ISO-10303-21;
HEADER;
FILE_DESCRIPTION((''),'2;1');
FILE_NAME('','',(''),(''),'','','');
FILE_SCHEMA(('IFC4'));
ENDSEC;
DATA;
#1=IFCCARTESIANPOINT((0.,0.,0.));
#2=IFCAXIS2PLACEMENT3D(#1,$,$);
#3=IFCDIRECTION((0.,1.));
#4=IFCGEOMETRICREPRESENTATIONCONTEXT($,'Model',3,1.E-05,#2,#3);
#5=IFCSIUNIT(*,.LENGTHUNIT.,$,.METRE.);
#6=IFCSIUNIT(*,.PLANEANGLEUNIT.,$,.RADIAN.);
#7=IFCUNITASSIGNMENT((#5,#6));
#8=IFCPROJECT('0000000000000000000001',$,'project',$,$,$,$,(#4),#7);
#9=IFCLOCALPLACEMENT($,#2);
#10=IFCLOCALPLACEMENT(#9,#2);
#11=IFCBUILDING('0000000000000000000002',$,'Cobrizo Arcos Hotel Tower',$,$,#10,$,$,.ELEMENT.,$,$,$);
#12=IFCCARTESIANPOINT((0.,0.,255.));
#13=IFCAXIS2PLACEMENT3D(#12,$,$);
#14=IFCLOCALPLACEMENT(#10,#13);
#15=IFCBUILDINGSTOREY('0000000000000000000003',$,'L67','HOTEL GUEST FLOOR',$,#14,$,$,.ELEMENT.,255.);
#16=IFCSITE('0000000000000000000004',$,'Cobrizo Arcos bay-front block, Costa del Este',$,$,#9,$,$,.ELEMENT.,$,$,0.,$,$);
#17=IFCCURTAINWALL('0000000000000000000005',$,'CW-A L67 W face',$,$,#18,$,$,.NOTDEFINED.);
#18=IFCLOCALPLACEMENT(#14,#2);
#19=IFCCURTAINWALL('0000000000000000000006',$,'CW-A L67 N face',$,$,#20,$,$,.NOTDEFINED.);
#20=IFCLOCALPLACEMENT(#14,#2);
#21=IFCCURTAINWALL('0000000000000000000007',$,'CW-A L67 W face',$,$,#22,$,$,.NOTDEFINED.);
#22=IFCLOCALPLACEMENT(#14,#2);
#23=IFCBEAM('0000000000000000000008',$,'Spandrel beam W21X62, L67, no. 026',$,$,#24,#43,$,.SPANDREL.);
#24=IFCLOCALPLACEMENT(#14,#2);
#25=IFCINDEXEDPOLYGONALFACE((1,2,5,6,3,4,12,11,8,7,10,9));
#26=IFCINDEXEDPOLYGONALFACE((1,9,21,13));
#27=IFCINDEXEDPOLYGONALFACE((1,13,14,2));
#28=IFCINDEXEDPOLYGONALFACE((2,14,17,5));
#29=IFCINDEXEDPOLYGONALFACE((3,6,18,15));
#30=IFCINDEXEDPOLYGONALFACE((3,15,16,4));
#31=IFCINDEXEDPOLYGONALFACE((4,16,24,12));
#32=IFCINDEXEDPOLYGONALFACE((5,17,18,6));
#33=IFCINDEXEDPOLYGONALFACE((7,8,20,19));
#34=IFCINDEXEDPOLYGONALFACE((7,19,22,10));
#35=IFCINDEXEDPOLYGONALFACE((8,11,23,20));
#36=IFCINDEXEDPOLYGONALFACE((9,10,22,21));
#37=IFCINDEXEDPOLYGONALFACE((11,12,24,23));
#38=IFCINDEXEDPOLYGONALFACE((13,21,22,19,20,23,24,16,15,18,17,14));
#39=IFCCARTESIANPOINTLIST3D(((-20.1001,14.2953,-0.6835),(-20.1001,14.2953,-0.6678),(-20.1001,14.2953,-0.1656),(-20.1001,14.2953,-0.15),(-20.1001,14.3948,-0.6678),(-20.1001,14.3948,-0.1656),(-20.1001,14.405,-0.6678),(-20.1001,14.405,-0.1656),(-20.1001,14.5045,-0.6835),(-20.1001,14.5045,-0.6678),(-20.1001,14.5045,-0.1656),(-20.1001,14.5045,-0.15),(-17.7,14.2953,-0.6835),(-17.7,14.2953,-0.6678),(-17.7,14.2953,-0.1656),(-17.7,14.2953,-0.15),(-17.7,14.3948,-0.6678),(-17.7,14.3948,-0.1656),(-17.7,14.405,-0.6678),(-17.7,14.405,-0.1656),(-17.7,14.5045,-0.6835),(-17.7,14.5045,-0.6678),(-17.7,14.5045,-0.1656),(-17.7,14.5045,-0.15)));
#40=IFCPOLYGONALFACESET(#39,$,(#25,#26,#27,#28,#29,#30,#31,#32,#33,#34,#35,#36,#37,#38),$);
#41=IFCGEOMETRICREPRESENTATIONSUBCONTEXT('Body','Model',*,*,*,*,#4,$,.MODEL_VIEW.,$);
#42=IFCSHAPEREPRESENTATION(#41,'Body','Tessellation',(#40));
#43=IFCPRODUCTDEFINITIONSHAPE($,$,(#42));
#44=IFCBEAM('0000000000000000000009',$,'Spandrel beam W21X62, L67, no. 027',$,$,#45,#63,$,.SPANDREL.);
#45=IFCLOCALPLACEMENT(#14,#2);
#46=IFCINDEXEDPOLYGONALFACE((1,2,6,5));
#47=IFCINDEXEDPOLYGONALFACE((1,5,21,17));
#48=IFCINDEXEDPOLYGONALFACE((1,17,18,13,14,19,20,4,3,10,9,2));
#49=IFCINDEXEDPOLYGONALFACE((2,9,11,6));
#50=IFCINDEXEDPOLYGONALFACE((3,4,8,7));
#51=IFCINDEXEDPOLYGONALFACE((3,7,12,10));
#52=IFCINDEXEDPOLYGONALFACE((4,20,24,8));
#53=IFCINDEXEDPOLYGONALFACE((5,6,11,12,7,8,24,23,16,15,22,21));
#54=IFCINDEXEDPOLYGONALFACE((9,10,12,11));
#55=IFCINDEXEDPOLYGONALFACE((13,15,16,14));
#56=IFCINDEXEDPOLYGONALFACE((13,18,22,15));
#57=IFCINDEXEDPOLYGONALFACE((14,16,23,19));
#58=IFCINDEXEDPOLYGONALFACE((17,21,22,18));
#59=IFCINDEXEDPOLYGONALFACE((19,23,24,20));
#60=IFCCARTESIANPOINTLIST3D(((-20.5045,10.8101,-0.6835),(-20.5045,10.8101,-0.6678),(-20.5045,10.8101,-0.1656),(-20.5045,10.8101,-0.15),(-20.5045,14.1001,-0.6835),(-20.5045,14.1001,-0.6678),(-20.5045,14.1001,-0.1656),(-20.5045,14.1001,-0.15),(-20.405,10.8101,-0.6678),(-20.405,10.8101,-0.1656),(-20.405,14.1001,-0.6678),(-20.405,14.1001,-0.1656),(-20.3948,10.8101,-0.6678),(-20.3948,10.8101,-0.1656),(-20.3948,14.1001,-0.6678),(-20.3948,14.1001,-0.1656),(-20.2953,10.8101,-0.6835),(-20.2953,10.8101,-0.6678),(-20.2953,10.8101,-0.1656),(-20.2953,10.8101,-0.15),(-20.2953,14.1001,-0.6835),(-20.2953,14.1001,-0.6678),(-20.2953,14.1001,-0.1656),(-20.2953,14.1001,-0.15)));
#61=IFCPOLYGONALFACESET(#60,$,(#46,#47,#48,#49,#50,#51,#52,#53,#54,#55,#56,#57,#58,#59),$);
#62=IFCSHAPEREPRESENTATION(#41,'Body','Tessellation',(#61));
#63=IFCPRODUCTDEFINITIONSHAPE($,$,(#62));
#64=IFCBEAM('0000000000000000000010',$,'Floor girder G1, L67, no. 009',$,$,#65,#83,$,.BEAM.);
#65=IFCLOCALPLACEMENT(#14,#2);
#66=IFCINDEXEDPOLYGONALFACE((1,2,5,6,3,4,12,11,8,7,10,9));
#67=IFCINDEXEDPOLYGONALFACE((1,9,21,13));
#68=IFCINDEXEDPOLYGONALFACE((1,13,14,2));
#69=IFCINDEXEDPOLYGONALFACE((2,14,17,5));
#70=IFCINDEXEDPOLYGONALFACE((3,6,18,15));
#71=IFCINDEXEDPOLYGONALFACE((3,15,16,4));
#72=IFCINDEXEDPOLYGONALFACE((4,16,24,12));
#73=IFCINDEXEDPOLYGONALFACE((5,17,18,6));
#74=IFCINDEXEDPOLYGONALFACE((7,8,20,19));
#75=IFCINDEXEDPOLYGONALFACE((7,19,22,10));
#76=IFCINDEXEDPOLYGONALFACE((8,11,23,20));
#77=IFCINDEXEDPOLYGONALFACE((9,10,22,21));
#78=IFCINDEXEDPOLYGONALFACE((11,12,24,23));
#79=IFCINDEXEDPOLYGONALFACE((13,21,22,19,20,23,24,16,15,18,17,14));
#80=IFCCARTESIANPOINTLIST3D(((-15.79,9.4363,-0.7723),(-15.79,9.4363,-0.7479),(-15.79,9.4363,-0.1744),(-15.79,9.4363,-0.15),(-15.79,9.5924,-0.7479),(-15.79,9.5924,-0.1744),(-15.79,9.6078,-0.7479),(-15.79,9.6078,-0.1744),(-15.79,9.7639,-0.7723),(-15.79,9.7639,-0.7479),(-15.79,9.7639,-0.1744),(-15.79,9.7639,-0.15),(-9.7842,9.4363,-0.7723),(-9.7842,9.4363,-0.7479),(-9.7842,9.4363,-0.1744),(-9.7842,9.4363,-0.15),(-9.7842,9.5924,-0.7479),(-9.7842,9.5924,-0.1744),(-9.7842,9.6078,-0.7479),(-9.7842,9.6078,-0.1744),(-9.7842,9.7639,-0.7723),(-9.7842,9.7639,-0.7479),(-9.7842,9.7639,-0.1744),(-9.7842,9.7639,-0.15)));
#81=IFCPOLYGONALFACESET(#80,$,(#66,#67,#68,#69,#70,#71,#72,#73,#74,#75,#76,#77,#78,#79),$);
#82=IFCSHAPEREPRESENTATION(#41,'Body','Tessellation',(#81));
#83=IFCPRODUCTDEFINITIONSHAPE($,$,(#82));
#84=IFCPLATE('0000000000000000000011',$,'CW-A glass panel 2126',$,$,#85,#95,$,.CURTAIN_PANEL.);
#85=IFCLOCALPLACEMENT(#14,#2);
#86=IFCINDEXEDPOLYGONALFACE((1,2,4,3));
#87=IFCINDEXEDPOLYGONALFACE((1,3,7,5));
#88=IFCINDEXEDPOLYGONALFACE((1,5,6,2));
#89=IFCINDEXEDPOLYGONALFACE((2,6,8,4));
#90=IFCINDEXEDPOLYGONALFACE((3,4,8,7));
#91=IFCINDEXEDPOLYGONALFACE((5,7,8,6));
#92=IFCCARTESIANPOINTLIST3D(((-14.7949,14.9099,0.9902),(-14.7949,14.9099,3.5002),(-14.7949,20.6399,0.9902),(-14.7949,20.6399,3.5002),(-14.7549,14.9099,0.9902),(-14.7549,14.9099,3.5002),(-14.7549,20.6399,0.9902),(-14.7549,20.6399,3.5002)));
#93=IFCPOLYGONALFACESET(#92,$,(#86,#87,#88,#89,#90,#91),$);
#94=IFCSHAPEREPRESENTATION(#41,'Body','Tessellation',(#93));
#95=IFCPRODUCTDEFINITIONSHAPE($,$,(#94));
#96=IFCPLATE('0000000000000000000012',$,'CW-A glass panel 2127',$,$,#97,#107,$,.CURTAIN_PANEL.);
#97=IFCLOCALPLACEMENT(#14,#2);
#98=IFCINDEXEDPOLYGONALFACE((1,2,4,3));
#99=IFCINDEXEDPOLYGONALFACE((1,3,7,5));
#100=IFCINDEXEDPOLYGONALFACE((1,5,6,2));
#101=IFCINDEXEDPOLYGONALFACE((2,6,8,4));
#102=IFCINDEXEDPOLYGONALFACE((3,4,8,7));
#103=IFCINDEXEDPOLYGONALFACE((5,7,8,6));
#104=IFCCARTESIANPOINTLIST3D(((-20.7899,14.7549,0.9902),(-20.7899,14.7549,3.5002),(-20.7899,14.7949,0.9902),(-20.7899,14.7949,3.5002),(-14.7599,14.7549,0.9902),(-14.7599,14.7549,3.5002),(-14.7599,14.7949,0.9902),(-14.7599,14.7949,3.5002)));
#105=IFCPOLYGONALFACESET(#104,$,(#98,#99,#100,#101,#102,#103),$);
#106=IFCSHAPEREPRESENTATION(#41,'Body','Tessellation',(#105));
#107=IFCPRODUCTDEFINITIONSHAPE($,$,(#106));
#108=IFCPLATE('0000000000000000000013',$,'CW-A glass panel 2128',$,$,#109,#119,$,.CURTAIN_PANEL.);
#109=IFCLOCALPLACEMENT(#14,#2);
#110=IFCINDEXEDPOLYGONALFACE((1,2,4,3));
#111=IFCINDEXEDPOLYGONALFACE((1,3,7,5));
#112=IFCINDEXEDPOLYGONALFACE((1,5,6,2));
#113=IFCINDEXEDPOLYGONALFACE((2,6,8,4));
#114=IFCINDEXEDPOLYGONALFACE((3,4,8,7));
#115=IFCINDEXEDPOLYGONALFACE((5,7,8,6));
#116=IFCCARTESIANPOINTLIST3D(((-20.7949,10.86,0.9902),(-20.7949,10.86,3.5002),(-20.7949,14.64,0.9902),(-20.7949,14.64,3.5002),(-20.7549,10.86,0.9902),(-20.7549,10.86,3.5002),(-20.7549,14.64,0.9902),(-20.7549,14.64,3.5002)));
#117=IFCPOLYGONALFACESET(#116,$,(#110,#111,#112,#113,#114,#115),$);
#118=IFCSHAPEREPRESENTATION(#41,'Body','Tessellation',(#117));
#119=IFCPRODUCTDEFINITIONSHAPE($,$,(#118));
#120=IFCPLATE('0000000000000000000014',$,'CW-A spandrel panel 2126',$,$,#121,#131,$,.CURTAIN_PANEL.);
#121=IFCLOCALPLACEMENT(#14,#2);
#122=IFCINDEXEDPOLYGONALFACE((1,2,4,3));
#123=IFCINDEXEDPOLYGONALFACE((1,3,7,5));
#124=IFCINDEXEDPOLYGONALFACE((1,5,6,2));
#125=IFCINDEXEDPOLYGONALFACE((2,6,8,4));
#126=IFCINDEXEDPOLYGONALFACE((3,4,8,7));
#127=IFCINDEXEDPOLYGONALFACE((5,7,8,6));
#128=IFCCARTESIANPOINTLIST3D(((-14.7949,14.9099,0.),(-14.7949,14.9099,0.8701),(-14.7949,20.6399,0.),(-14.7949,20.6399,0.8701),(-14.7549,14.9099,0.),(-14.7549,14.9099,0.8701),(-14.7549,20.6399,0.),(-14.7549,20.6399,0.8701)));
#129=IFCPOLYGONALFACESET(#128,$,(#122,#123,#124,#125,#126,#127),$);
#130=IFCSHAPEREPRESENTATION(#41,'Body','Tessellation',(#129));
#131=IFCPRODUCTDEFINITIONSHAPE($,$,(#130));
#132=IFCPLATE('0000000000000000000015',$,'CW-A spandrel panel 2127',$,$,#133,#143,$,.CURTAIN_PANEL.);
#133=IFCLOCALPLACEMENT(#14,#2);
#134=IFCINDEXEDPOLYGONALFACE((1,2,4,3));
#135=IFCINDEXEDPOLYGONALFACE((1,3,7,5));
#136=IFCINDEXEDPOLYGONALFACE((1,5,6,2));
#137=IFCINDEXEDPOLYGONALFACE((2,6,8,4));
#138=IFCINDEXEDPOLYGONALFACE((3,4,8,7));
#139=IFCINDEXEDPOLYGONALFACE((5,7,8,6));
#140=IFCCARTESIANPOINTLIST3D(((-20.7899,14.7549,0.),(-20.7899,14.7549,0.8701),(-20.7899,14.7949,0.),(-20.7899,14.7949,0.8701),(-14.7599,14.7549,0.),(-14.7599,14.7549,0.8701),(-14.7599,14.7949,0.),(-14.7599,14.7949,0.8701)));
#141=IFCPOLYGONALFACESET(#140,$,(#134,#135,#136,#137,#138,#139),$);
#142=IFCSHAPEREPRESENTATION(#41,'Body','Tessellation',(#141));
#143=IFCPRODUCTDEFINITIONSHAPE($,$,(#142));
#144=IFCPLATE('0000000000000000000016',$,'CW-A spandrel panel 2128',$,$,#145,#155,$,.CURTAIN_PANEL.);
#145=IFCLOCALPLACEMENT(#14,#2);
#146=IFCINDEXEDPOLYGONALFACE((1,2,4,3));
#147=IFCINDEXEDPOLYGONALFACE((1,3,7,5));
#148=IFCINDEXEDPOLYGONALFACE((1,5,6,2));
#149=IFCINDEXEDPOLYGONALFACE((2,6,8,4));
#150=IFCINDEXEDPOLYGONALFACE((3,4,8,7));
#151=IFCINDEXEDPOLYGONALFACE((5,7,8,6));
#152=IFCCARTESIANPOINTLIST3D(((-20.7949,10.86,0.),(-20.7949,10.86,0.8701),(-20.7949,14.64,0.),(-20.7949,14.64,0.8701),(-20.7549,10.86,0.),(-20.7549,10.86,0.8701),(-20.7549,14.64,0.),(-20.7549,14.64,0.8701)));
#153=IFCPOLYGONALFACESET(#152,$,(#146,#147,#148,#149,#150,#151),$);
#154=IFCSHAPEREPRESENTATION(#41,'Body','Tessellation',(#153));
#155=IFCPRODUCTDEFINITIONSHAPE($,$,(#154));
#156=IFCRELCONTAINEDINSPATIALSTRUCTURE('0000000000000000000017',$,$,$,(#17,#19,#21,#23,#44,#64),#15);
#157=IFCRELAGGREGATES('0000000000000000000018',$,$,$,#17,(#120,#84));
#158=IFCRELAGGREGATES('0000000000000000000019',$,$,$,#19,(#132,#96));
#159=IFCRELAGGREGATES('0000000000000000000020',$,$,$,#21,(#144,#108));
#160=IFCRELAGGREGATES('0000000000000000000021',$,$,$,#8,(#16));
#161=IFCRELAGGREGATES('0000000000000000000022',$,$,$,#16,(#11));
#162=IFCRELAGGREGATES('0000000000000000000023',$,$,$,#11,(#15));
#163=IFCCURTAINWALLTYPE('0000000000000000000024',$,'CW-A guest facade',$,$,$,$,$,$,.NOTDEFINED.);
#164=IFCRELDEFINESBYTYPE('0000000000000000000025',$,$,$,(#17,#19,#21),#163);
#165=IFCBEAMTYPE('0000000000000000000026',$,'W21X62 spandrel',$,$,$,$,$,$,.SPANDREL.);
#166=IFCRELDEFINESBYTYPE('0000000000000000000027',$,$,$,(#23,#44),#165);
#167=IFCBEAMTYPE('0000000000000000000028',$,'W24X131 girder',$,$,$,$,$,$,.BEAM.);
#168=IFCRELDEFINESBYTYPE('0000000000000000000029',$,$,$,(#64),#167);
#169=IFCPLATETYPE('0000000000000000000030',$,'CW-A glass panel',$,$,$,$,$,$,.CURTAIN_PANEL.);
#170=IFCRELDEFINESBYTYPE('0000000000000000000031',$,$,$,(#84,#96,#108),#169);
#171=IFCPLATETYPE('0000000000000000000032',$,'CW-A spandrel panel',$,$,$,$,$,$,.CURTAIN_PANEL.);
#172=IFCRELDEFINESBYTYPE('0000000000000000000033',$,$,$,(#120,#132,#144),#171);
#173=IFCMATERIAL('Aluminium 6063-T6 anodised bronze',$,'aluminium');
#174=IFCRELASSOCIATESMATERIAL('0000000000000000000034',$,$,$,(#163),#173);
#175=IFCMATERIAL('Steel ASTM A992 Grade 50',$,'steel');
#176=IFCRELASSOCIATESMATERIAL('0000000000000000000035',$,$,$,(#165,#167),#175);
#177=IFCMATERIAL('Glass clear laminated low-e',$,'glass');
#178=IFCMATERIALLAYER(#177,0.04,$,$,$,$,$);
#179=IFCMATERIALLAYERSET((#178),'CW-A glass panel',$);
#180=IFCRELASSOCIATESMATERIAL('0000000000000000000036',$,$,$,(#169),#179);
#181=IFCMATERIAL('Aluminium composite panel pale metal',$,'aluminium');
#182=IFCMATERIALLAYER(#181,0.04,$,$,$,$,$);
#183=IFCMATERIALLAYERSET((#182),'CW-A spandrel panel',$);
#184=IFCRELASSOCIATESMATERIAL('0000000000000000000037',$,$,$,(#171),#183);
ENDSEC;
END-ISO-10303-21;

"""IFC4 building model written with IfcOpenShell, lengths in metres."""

from ifc_helpers import new_model, si_unit, direction, frame, origin, origin_2d, place, context, subcontext, project, spatial, rectangle, i_section, extrude, material, layer, layer_set, material_profile, profile_set, type_object, element, aggregate, save


model = new_model("IFC4")

# Units and contexts
model_context = context("Model", 3, precision=1e-05, world=origin(), true_north=direction((0.0, 1.0)))
body_context = subcontext(model_context, "Body", "Model", "MODEL_VIEW")
ifc_project = project(units=[si_unit("LENGTHUNIT", "METRE"), si_unit("PLANEANGLEUNIT", "RADIAN")], contexts=[model_context])

# Site, building, storey
site_placement = place(None, origin())
site = spatial("IfcSite", under=ifc_project, at=site_placement, Name="Cobrizo Arcos bay-front block, Costa del Este", CompositionType="ELEMENT", RefElevation=0.0)
building_placement = place(site_placement, origin())
building = spatial("IfcBuilding", under=site, at=building_placement, Name="Cobrizo Arcos Hotel Tower", CompositionType="ELEMENT")
storey_placement = place(building_placement, frame((0.0, 0.0, 255.0)))
storey = spatial("IfcBuildingStorey", under=building, at=storey_placement, Name="L67", Description="HOTEL GUEST FLOOR", CompositionType="ELEMENT", Elevation=255.0)

# Curtain walls
ifc_material_1 = material(Name="Aluminium 6063-T6 anodised bronze", Category="aluminium")
curtain_wall_type = type_object("IfcCurtainWallType", Name="CW-A guest facade", PredefinedType="NOTDEFINED", material=ifc_material_1)
curtain_wall_1_placement = place(storey_placement, origin())
curtain_wall_1 = element("IfcCurtainWall", 1, at=curtain_wall_1_placement, inside=storey, type_object=curtain_wall_type, Name="CW-A L67 W face", PredefinedType="NOTDEFINED")
curtain_wall_2_placement = place(storey_placement, origin())
curtain_wall_2 = element("IfcCurtainWall", 2, at=curtain_wall_2_placement, inside=storey, type_object=curtain_wall_type, Name="CW-A L67 N face", PredefinedType="NOTDEFINED")

# Curtain wall
curtain_wall_3_placement = place(storey_placement, origin())
curtain_wall_3 = element("IfcCurtainWall", 3, at=curtain_wall_3_placement, inside=storey, type_object=curtain_wall_type, Name="CW-A L67 W face", PredefinedType="NOTDEFINED")

# Beams
ifc_material_2 = material(Name="Steel ASTM A992 Grade 50", Category="steel")
ifc_material_profile_1 = material_profile(ifc_material_2, i_section(OverallWidth=0.2092, OverallDepth=0.5334, WebThickness=0.0103, FlangeThickness=0.0156, at=origin_2d()), Name="W21X62")
ifc_profile_set_1 = profile_set([ifc_material_profile_1], Name="Steel ASTM A992 Grade 50")
beam_type_1 = type_object("IfcBeamType", Name="W21X62 spandrel", PredefinedType="SPANDREL", material=ifc_profile_set_1)
beam_1_placement = place(storey_placement, frame((-17.7, 14.3999, -0.4167), z_axis=(-1.0, 0.0, 0.0), x_axis=(0.0, -1.0, 0.0)))
element("IfcBeam", 4, at=beam_1_placement, inside=storey, type_object=beam_type_1, Name="Spandrel beam W21X62, L67, no. 026", PredefinedType="SPANDREL", context=body_context, shape_type="SweptSolid", body=[
    extrude(i_section(OverallWidth=0.2092, OverallDepth=0.5334, WebThickness=0.0103, FlangeThickness=0.0156, at=origin_2d()), origin(), (0.0, 0.0, 1.0), 2.4001),
])
beam_2_placement = place(storey_placement, frame((-20.3999, 14.1001, -0.4167), z_axis=(0.0, -1.0, 0.0), x_axis=(1.0, 0.0, 0.0)))
element("IfcBeam", 5, at=beam_2_placement, inside=storey, type_object=beam_type_1, Name="Spandrel beam W21X62, L67, no. 027", PredefinedType="SPANDREL", context=body_context, shape_type="SweptSolid", body=[
    extrude(i_section(OverallWidth=0.2092, OverallDepth=0.5334, WebThickness=0.0103, FlangeThickness=0.0156, at=origin_2d()), origin(), (0.0, 0.0, 1.0), 3.29),
])
ifc_material_profile_2 = material_profile(ifc_material_2, i_section(OverallWidth=0.3276, OverallDepth=0.6223, WebThickness=0.0154, FlangeThickness=0.0244, at=origin_2d()), Name="W24X131")
ifc_profile_set_2 = profile_set([ifc_material_profile_2], Name="Steel ASTM A992 Grade 50")
beam_type_2 = type_object("IfcBeamType", Name="W24X131 girder", PredefinedType="BEAM", material=ifc_profile_set_2)
beam_3_placement = place(storey_placement, frame((-15.79, 9.6001, -0.4612), z_axis=(1.0, 0.0, 0.0), x_axis=(0.0, 1.0, 0.0)))
element("IfcBeam", 6, at=beam_3_placement, inside=storey, type_object=beam_type_2, Name="Floor girder G1, L67, no. 009", PredefinedType="BEAM", context=body_context, shape_type="SweptSolid", body=[
    extrude(i_section(OverallWidth=0.3276, OverallDepth=0.6223, WebThickness=0.0154, FlangeThickness=0.0244, at=origin_2d()), origin(), (0.0, 0.0, 1.0), 6.0059),
])

# Plates
ifc_material_3 = material(Name="Glass clear laminated low-e", Category="glass")
ifc_layer_1 = layer(ifc_material_3, 0.04)
ifc_layer_set_1 = layer_set([ifc_layer_1], Name="CW-A glass panel")
plate_type_1 = type_object("IfcPlateType", Name="CW-A glass panel", PredefinedType="CURTAIN_PANEL", material=ifc_layer_set_1)
plate_1_placement = place(storey_placement, frame((-14.7749, 17.7749, 0.9902), z_axis=(0.0, 0.0, 1.0), x_axis=(0.0, -1.0, 0.0)))
plate_1 = element("IfcPlate", 7, at=plate_1_placement, type_object=plate_type_1, Name="CW-A glass panel 2126", PredefinedType="CURTAIN_PANEL", context=body_context, shape_type="SweptSolid", body=[
    extrude(rectangle(XDim=5.73, YDim=0.04, at=origin_2d()), origin(), (0.0, 0.0, 1.0), 2.51),
])
plate_2_placement = place(storey_placement, frame((-17.7749, 14.7749, 0.9902), z_axis=(0.0, 0.0, 1.0), x_axis=(-1.0, 0.0, 0.0)))
plate_2 = element("IfcPlate", 8, at=plate_2_placement, type_object=plate_type_1, Name="CW-A glass panel 2127", PredefinedType="CURTAIN_PANEL", context=body_context, shape_type="SweptSolid", body=[
    extrude(rectangle(XDim=6.03, YDim=0.04, at=origin_2d()), origin(), (0.0, 0.0, 1.0), 2.51),
])
plate_3_placement = place(storey_placement, frame((-20.7749, 12.75, 0.9902), z_axis=(0.0, 0.0, 1.0), x_axis=(0.0, -1.0, 0.0)))
plate_3 = element("IfcPlate", 9, at=plate_3_placement, type_object=plate_type_1, Name="CW-A glass panel 2128", PredefinedType="CURTAIN_PANEL", context=body_context, shape_type="SweptSolid", body=[
    extrude(rectangle(XDim=3.78, YDim=0.04, at=origin_2d()), origin(), (0.0, 0.0, 1.0), 2.51),
])
ifc_material_4 = material(Name="Aluminium composite panel pale metal", Category="aluminium")
ifc_layer_2 = layer(ifc_material_4, 0.04)
ifc_layer_set_2 = layer_set([ifc_layer_2], Name="CW-A spandrel panel")
plate_type_2 = type_object("IfcPlateType", Name="CW-A spandrel panel", PredefinedType="CURTAIN_PANEL", material=ifc_layer_set_2)
plate_4_placement = place(storey_placement, frame((-14.7749, 17.7749, 0.0), z_axis=(0.0, 0.0, 1.0), x_axis=(0.0, -1.0, 0.0)))
plate_4 = element("IfcPlate", 10, at=plate_4_placement, type_object=plate_type_2, Name="CW-A spandrel panel 2126", PredefinedType="CURTAIN_PANEL", context=body_context, shape_type="SweptSolid", body=[
    extrude(rectangle(XDim=5.73, YDim=0.04, at=origin_2d()), origin(), (0.0, 0.0, 1.0), 0.8701),
])
aggregate(curtain_wall_1, [plate_4, plate_1])
plate_5_placement = place(storey_placement, frame((-17.7749, 14.7749, 0.0), z_axis=(0.0, 0.0, 1.0), x_axis=(-1.0, 0.0, 0.0)))
plate_5 = element("IfcPlate", 11, at=plate_5_placement, type_object=plate_type_2, Name="CW-A spandrel panel 2127", PredefinedType="CURTAIN_PANEL", context=body_context, shape_type="SweptSolid", body=[
    extrude(rectangle(XDim=6.03, YDim=0.04, at=origin_2d()), origin(), (0.0, 0.0, 1.0), 0.8701),
])
aggregate(curtain_wall_2, [plate_5, plate_2])
plate_6_placement = place(storey_placement, frame((-20.7749, 12.75, 0.0), z_axis=(0.0, 0.0, 1.0), x_axis=(0.0, -1.0, 0.0)))
plate_6 = element("IfcPlate", 12, at=plate_6_placement, type_object=plate_type_2, Name="CW-A spandrel panel 2128", PredefinedType="CURTAIN_PANEL", context=body_context, shape_type="SweptSolid", body=[
    extrude(rectangle(XDim=3.78, YDim=0.04, at=origin_2d()), origin(), (0.0, 0.0, 1.0), 0.8701),
])
aggregate(curtain_wall_3, [plate_6, plate_3])

save(model, "model.ifc")
